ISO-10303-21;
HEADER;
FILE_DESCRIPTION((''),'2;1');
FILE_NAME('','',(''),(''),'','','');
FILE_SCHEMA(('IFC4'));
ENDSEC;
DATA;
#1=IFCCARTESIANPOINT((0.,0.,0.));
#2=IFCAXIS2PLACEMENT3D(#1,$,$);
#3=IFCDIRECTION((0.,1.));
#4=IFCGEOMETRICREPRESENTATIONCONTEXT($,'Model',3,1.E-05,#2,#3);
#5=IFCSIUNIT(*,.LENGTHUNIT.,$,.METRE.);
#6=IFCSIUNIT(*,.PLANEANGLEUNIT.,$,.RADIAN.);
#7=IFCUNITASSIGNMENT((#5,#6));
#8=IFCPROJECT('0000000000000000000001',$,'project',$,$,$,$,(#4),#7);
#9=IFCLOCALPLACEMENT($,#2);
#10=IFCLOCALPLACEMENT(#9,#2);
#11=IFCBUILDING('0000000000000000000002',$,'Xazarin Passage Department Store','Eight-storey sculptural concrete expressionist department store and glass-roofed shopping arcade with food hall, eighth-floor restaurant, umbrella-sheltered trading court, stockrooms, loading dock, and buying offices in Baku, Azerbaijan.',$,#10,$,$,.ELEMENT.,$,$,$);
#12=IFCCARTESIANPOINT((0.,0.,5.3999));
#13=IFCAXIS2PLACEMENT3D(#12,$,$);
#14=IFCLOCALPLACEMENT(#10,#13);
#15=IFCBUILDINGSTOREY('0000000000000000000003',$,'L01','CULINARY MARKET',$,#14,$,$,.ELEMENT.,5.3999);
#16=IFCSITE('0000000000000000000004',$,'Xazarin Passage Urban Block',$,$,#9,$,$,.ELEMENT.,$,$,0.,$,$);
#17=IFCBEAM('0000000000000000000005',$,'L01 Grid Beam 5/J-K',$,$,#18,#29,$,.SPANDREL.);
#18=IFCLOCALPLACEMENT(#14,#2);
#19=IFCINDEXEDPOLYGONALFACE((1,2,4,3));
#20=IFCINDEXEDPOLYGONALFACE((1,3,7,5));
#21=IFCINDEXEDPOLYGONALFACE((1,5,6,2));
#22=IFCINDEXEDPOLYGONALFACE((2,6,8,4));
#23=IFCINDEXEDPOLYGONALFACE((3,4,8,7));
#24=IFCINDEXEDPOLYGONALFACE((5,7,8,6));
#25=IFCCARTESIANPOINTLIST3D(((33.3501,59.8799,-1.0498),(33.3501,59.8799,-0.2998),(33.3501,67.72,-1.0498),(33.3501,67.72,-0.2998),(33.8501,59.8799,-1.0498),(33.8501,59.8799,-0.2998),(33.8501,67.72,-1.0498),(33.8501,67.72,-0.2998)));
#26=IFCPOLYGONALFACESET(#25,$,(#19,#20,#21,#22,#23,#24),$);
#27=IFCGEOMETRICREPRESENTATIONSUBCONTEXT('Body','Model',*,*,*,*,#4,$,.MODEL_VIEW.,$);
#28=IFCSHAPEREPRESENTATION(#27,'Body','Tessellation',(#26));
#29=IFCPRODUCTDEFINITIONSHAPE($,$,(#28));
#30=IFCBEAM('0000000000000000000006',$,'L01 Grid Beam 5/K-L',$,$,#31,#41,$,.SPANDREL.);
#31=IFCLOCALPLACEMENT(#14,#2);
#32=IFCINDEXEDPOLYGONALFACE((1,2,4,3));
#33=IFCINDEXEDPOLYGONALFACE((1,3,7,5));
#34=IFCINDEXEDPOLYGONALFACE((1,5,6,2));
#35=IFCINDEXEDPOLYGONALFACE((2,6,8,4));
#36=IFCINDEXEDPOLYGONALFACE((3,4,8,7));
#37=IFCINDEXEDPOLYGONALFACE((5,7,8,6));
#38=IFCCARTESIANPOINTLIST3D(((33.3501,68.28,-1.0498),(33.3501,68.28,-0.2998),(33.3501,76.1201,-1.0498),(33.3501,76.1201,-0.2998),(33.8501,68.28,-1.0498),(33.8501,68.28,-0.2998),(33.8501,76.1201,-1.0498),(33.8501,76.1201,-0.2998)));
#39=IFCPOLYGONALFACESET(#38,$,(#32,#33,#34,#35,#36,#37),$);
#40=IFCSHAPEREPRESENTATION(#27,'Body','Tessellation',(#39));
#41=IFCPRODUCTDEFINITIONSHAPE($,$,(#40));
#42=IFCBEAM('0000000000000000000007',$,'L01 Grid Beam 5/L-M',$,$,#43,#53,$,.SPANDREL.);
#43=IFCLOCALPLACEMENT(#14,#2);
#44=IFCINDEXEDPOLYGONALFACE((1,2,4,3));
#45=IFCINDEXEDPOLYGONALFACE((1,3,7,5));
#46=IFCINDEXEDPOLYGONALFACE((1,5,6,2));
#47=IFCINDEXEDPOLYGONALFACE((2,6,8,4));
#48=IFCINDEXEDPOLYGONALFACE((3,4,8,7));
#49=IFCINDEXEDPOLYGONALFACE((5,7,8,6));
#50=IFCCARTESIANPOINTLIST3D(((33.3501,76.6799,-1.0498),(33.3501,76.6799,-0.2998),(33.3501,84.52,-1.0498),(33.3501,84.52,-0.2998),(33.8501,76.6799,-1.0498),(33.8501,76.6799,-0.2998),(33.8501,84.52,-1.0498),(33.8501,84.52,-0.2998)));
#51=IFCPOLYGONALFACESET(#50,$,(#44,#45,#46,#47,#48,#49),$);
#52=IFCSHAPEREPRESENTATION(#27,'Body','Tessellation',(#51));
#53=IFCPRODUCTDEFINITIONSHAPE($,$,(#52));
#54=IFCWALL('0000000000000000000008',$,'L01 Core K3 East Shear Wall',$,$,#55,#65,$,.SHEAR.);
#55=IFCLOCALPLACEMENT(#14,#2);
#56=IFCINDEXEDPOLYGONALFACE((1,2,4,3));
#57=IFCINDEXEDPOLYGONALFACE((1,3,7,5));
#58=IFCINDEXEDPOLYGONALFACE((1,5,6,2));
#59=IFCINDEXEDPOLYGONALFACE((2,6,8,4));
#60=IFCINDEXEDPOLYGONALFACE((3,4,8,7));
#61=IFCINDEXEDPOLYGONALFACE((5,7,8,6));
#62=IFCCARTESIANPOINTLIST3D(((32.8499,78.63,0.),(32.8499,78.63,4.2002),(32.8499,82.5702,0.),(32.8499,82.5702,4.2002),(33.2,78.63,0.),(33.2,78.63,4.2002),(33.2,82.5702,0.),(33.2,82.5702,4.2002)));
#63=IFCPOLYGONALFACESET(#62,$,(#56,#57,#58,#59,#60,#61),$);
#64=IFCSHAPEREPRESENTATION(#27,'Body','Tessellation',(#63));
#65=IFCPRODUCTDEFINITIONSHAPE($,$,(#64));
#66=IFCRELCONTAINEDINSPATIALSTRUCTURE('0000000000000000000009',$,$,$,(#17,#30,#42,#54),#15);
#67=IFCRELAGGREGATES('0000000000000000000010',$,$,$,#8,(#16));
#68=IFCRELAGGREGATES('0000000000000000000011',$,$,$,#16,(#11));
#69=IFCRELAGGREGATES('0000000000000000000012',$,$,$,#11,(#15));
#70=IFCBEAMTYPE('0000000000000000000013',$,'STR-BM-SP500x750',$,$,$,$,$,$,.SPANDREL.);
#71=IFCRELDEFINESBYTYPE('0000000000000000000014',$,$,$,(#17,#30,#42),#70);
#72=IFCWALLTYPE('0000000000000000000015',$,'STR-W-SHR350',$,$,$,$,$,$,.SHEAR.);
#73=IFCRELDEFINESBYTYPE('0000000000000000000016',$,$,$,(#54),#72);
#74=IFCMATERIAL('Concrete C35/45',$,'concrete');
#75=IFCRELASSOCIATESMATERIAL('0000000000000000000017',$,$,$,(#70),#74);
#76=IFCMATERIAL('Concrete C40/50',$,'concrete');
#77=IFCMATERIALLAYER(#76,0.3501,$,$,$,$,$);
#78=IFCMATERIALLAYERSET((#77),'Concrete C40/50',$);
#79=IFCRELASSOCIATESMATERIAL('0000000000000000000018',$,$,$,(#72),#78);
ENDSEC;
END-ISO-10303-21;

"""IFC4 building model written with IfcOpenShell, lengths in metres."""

from ifc_helpers import new_model, si_unit, direction, frame, frame_2d, origin, origin_2d, place, context, subcontext, project, spatial, rectangle, extrude, material, layer, layer_set, material_profile, profile_set, type_object, element, save


model = new_model("IFC4")

# Units and contexts
model_context = context("Model", 3, precision=1e-05, world=origin(), true_north=direction((0.0, 1.0)))
body_context = subcontext(model_context, "Body", "Model", "MODEL_VIEW")
ifc_project = project(units=[si_unit("LENGTHUNIT", "METRE"), si_unit("PLANEANGLEUNIT", "RADIAN")], contexts=[model_context])

# Site, building, storey
site_placement = place(None, origin())
site = spatial("IfcSite", under=ifc_project, at=site_placement, Name="Xazarin Passage Urban Block", CompositionType="ELEMENT", RefElevation=0.0)
building_placement = place(site_placement, origin())
building = spatial("IfcBuilding", under=site, at=building_placement, Name="Xazarin Passage Department Store", Description="Eight-storey sculptural concrete expressionist department store and glass-roofed shopping arcade with food hall, eighth-floor restaurant, umbrella-sheltered trading court, stockrooms, loading dock, and buying offices in Baku, Azerbaijan.", CompositionType="ELEMENT")
storey_placement = place(building_placement, frame((0.0, 0.0, 5.3999)))
storey = spatial("IfcBuildingStorey", under=building, at=storey_placement, Name="L01", Description="CULINARY MARKET", CompositionType="ELEMENT", Elevation=5.3999)

# Shared definitions
ifc_material_1 = material(Name="Concrete C40/50", Category="concrete")

# Beams
ifc_material_2 = material(Name="Concrete C35/45", Category="concrete")
ifc_material_profile_1 = material_profile(ifc_material_2, rectangle(XDim=0.5, YDim=0.75, at=origin_2d()), Name="RC 500x750")
ifc_profile_set_1 = profile_set([ifc_material_profile_1], Name="Concrete C35/45")
beam_type_1 = type_object("IfcBeamType", Name="STR-BM-SP500x750", PredefinedType="SPANDREL", material=ifc_profile_set_1)
for number, where, z_axis, x_axis, name in (
    (1, (33.6001, 59.8799, -0.6748), (0.0, 1.0, 0.0), (-1.0, 0.0, 0.0), "L01 Grid Beam 5/J-K"),
    (2, (33.6001, 68.28, -0.6748), (0.0, 1.0, 0.0), (-1.0, 0.0, 0.0), "L01 Grid Beam 5/K-L"),
    (3, (33.6001, 76.6799, -0.6748), (0.0, 1.0, 0.0), (-1.0, 0.0, 0.0), "L01 Grid Beam 5/L-M"),
):
    element("IfcBeam", number, at=place(storey_placement, frame(where, z_axis=z_axis, x_axis=x_axis)), inside=storey, type_object=beam_type_1, Name=name, PredefinedType="SPANDREL", context=body_context, shape_type="SweptSolid", body=[
        extrude(rectangle(XDim=0.5, YDim=0.75, at=origin_2d()), origin(), (0.0, 0.0, 1.0), 7.8401),
    ])

# Wall
ifc_layer = layer(ifc_material_1, 0.3501)
ifc_layer_set = layer_set([ifc_layer], Name="Concrete C40/50")
wall_type = type_object("IfcWallType", Name="STR-W-SHR350", PredefinedType="SHEAR", material=ifc_layer_set)
wall_placement = place(storey_placement, frame((33.0249, 78.6299, 0.0), z_axis=(0.0, 0.0, 1.0), x_axis=(0.0, 1.0, 0.0)))
element("IfcWall", 4, at=wall_placement, inside=storey, type_object=wall_type, Name="L01 Core K3 East Shear Wall", PredefinedType="SHEAR", context=body_context, shape_type="SweptSolid", body=[
    extrude(rectangle(XDim=3.9402, YDim=0.3501, at=frame_2d((1.9702, 0.0))), origin(), (0.0, 0.0, 1.0), 4.2002),
])

save(model, "model.ifc")
